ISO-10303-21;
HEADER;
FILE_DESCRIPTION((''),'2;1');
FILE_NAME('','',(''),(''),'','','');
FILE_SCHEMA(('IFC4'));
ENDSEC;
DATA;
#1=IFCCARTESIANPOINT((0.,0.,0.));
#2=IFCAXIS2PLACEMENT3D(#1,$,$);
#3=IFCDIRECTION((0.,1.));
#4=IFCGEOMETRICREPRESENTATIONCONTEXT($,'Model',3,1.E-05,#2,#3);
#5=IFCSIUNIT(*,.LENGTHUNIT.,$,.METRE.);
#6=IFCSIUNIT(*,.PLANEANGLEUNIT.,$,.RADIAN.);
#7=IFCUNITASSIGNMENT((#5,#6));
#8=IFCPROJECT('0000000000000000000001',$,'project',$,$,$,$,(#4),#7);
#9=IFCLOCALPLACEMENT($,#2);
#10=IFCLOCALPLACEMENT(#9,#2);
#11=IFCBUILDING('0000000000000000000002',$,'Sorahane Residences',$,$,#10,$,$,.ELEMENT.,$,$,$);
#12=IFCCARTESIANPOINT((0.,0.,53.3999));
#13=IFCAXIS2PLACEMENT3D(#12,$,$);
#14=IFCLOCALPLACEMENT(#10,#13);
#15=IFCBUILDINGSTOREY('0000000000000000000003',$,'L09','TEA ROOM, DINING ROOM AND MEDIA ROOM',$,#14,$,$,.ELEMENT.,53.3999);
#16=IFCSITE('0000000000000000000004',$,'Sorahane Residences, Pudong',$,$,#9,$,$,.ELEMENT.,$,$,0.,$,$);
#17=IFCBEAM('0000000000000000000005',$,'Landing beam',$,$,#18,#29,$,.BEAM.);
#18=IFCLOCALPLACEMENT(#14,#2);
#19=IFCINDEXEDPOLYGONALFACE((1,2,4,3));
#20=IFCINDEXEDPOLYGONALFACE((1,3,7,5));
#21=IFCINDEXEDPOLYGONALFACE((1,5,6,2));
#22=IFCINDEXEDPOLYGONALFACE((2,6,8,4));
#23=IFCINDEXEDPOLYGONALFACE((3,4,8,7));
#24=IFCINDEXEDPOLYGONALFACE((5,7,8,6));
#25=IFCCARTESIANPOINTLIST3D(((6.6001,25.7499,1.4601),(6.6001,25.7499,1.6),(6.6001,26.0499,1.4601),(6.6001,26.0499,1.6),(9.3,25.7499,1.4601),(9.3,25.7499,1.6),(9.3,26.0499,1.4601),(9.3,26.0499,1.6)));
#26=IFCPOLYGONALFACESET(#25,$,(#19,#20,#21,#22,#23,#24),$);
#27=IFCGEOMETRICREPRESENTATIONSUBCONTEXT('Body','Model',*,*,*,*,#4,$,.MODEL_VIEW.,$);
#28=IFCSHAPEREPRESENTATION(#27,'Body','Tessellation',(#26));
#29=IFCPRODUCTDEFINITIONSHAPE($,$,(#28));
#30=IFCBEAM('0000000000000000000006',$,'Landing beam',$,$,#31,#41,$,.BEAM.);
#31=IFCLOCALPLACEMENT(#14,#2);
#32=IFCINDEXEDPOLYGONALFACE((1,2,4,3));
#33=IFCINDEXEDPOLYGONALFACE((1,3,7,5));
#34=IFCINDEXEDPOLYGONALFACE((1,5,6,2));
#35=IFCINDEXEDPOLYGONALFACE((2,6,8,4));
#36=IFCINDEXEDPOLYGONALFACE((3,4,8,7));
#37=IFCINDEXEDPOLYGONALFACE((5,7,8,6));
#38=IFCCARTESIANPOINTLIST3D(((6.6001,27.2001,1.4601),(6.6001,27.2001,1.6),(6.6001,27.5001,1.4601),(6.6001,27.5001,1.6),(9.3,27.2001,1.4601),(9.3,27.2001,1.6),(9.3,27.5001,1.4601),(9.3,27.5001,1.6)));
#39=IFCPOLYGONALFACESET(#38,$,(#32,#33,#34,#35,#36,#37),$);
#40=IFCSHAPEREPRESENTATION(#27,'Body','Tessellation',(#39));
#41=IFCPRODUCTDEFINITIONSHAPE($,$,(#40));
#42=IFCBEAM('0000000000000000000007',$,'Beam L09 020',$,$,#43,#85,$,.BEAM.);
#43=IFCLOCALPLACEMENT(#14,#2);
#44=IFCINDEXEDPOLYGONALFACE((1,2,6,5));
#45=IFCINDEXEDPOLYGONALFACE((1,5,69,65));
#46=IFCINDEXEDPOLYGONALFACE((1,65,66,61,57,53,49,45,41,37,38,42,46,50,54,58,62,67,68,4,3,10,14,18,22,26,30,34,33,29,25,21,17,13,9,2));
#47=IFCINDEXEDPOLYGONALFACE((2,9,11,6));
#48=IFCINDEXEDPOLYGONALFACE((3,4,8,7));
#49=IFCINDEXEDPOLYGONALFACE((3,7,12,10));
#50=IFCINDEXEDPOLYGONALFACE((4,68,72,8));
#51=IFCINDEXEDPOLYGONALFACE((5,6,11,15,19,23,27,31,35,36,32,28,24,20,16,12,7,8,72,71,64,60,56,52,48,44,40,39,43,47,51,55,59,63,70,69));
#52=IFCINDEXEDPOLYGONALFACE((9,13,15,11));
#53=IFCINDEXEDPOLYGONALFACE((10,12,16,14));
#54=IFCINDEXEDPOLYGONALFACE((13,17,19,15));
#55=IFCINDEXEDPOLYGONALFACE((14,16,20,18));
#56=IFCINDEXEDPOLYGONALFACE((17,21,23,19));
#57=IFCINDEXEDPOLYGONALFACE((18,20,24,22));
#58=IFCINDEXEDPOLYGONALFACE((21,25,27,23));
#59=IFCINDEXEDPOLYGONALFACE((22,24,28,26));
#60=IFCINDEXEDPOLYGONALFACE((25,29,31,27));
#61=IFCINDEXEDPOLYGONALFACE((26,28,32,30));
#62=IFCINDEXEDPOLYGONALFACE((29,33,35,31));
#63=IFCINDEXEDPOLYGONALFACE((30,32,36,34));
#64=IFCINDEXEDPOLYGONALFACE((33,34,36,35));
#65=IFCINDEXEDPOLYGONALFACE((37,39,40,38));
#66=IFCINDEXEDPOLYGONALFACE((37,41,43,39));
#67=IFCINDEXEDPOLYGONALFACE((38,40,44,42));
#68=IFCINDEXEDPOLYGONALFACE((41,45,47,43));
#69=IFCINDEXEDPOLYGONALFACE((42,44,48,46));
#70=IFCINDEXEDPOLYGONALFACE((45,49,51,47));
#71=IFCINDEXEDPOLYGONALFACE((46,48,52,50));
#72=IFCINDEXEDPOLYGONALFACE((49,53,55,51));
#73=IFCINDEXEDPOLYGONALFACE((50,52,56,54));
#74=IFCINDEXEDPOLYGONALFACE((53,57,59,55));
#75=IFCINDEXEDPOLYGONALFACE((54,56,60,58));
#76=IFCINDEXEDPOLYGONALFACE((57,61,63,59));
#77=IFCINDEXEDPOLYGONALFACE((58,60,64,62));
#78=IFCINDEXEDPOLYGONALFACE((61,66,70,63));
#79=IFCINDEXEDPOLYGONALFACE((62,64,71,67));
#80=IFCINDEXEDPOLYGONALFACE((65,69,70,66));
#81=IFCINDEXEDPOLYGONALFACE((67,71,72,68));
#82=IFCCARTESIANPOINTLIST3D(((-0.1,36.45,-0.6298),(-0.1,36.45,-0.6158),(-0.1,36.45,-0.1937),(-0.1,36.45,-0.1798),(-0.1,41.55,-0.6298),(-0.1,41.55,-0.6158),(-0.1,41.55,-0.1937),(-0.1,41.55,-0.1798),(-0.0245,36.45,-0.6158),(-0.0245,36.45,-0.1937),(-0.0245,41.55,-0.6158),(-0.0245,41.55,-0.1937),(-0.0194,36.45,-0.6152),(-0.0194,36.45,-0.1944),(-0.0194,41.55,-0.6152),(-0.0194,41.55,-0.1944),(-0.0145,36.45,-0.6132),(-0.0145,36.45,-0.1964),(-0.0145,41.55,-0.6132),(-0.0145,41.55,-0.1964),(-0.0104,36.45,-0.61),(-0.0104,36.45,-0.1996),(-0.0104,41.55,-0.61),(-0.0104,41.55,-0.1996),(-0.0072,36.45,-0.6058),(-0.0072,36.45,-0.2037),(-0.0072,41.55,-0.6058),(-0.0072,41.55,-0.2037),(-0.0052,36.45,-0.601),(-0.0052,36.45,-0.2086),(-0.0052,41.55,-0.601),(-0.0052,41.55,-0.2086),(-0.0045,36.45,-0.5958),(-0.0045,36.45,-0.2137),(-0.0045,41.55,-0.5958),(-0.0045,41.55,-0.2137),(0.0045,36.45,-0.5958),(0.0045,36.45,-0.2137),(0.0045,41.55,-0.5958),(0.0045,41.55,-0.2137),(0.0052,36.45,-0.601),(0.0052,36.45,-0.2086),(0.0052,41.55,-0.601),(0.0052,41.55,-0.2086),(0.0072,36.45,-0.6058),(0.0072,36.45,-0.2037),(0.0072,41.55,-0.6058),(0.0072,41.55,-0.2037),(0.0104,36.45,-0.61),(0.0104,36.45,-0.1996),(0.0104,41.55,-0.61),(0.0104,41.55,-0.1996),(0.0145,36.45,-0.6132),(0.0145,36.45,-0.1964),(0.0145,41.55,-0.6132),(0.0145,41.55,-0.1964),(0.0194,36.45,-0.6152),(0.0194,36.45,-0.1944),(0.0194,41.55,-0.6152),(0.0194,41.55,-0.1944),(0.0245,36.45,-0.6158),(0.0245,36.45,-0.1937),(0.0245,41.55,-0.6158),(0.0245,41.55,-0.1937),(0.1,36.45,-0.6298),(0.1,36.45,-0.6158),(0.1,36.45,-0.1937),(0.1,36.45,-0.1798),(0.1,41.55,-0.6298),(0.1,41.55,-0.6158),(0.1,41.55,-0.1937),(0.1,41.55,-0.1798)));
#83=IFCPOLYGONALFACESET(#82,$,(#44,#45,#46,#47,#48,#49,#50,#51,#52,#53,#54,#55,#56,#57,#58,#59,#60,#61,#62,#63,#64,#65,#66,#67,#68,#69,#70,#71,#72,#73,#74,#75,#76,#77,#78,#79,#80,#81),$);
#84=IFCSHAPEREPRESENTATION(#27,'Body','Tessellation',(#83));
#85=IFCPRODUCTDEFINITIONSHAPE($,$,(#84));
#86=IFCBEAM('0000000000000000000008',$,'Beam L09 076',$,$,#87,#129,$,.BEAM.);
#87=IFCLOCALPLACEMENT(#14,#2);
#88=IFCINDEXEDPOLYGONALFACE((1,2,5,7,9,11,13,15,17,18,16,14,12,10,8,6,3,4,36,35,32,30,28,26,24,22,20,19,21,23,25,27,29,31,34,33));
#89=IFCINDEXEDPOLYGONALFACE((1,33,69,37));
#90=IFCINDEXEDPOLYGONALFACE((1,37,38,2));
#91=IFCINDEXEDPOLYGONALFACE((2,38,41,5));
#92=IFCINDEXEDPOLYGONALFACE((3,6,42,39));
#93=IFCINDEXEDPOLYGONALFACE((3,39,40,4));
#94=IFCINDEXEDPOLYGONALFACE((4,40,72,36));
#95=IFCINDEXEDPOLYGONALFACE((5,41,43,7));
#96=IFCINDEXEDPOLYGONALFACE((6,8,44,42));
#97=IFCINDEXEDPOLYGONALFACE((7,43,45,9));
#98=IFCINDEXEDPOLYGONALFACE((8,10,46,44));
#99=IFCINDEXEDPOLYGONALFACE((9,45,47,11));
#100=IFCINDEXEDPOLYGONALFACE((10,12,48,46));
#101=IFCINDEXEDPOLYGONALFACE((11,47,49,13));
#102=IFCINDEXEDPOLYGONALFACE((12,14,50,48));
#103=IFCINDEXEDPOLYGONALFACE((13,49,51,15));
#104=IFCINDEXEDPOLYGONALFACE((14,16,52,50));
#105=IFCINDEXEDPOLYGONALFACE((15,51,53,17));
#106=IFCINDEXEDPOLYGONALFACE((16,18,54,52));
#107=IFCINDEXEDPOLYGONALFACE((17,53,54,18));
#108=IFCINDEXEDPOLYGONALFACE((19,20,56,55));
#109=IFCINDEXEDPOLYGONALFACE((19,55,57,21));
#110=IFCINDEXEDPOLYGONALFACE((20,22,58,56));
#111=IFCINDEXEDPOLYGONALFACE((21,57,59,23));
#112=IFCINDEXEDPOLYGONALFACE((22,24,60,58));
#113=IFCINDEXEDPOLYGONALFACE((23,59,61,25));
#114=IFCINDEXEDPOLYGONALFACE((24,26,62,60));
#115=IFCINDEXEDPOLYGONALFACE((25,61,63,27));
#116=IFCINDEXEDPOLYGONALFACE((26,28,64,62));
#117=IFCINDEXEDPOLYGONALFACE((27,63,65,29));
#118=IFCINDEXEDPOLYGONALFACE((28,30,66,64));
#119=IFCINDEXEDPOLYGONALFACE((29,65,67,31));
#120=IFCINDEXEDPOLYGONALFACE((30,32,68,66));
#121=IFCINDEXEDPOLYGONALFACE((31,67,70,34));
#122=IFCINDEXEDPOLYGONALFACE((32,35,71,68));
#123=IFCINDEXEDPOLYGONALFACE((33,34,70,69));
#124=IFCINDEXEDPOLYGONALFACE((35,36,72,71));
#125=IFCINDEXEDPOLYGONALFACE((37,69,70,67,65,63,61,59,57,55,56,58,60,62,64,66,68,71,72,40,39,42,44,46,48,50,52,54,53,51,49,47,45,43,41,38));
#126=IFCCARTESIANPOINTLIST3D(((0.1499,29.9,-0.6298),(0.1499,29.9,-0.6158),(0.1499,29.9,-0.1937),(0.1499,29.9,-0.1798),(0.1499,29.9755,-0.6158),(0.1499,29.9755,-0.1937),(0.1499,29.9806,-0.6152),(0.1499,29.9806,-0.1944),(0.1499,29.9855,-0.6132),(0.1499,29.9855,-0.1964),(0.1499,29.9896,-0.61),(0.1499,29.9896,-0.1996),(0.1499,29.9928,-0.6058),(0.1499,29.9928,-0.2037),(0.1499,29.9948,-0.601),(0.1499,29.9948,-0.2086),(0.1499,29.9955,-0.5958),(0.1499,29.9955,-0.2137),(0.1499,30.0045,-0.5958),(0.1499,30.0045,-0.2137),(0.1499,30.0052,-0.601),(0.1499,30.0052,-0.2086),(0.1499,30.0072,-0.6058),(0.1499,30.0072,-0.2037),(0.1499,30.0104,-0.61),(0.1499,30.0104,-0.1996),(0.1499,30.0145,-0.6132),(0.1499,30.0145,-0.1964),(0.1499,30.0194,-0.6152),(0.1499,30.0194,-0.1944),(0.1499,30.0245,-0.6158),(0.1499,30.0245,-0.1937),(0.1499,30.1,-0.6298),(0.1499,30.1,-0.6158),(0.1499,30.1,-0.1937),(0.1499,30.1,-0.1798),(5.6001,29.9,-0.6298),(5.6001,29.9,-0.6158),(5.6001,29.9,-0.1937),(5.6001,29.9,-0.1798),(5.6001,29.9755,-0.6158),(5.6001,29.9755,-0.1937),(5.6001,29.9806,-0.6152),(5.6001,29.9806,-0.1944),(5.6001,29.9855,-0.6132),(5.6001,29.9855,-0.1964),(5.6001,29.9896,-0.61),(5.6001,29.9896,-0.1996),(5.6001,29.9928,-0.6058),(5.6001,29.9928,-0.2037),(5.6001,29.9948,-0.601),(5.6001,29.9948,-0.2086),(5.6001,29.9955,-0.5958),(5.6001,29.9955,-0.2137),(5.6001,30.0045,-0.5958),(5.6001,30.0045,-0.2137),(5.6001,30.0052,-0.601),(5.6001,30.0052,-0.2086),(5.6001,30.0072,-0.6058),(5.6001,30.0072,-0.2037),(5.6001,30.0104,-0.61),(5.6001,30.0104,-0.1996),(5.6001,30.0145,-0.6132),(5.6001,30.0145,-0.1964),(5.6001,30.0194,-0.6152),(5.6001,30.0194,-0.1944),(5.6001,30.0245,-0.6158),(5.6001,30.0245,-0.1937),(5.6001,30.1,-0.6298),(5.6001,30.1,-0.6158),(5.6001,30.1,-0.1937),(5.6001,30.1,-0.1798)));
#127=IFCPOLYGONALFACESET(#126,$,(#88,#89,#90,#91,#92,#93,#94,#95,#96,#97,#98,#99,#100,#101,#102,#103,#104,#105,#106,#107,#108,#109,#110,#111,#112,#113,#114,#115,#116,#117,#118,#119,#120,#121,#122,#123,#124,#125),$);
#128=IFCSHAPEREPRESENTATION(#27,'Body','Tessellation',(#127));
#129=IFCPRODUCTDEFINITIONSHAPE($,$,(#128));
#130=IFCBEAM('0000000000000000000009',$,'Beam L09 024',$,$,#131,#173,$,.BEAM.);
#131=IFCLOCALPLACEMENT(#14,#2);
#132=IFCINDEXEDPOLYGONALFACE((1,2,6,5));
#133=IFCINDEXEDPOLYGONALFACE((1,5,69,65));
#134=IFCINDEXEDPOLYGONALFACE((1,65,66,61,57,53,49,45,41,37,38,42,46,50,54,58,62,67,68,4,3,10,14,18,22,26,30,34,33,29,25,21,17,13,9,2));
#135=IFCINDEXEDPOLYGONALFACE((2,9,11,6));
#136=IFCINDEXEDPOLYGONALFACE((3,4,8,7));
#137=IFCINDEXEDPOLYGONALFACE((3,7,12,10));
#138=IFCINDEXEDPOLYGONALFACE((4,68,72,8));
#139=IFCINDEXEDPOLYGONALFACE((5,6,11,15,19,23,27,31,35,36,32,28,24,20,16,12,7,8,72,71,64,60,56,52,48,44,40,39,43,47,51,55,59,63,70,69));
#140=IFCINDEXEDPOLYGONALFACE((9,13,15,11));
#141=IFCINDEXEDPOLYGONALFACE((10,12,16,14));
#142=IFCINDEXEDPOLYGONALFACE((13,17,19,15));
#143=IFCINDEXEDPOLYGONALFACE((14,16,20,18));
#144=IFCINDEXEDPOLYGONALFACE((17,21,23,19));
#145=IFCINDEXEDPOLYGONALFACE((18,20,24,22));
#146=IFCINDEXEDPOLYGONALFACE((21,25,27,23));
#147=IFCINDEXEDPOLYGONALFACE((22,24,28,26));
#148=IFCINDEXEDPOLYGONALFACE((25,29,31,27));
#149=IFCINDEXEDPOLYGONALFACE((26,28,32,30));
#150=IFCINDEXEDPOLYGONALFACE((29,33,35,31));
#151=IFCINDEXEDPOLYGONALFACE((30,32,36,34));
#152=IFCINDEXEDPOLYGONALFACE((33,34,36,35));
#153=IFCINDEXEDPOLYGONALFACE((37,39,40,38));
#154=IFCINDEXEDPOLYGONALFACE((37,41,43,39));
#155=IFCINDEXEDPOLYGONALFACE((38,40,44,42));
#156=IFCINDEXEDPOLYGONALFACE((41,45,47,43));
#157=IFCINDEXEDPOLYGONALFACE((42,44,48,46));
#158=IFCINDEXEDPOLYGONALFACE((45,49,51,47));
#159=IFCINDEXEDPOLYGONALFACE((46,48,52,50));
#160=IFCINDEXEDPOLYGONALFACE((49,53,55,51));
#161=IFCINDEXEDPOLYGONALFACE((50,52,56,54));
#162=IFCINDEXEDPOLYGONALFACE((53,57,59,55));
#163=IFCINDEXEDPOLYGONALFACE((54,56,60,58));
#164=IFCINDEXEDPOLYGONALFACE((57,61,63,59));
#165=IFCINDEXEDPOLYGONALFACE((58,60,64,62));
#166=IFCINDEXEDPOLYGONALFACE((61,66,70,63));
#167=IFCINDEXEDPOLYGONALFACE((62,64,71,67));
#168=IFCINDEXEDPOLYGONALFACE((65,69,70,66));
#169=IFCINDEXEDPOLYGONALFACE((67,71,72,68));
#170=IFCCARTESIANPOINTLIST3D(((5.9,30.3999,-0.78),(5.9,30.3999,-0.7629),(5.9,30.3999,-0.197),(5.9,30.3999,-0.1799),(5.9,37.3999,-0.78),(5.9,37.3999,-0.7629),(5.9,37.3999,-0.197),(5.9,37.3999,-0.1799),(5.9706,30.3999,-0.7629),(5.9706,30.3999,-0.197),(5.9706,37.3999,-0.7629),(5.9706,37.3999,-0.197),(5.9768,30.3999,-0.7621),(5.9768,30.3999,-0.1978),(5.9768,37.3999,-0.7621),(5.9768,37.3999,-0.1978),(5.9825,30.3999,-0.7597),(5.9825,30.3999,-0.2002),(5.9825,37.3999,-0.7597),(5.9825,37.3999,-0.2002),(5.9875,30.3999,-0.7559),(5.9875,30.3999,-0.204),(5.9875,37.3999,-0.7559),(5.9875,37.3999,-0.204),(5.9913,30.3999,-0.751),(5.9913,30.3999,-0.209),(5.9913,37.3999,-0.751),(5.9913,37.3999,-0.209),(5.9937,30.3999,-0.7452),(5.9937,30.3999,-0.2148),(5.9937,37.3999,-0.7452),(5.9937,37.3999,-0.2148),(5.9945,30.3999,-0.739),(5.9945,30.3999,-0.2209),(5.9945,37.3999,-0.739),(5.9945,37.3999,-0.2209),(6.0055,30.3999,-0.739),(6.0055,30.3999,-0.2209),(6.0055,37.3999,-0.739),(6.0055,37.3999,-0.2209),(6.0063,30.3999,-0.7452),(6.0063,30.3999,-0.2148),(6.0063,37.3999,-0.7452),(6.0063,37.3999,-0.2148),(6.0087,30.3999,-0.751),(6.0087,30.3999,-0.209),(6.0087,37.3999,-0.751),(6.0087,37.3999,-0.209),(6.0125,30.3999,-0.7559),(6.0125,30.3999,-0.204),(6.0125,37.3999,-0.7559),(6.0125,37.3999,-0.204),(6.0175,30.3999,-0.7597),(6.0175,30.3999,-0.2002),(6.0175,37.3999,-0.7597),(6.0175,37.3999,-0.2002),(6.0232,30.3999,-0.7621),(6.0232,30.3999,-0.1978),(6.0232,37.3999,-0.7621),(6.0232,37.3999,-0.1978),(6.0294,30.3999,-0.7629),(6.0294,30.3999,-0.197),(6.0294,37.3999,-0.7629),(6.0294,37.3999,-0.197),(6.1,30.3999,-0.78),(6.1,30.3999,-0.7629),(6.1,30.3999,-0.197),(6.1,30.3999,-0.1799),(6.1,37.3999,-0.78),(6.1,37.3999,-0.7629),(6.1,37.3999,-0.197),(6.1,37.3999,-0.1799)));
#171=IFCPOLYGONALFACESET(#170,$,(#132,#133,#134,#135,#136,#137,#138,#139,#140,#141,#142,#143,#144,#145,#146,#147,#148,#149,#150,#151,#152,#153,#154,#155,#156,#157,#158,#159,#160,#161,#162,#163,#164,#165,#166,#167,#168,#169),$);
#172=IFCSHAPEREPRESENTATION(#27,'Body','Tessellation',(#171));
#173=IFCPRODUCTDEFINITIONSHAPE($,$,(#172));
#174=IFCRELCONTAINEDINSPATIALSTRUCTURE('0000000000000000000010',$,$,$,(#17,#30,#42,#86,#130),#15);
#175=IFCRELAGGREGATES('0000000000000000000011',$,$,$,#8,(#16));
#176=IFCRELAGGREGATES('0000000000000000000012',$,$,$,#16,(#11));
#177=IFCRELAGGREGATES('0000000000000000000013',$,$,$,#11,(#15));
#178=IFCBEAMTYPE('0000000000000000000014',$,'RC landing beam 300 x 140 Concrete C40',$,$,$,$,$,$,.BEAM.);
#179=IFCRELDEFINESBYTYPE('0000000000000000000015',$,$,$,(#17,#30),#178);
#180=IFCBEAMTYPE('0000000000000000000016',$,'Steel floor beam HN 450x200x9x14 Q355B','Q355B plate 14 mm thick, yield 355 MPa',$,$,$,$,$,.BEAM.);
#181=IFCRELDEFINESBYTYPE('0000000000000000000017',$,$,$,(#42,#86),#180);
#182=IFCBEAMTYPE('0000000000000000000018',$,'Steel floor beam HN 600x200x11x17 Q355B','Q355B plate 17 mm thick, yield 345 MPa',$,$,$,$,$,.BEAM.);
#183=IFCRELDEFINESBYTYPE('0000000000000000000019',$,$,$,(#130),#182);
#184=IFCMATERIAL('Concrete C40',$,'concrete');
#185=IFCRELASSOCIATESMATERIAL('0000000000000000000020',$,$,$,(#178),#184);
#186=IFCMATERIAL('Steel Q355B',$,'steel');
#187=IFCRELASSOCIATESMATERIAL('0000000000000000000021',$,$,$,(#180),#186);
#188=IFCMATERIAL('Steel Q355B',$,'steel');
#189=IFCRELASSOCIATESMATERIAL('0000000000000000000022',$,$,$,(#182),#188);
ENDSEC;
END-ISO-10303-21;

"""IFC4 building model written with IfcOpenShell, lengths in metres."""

from ifc_helpers import new_model, si_unit, direction, frame, origin, origin_2d, place, context, subcontext, project, spatial, rectangle, i_section, extrude, material, material_profile, profile_set, type_object, element, save


model = new_model("IFC4")

# Units and contexts
model_context = context("Model", 3, precision=1e-05, world=origin(), true_north=direction((0.0, 1.0)))
body_context = subcontext(model_context, "Body", "Model", "MODEL_VIEW")
ifc_project = project(units=[si_unit("LENGTHUNIT", "METRE"), si_unit("PLANEANGLEUNIT", "RADIAN")], contexts=[model_context])

# Site, building, storey
site_placement = place(None, origin())
site = spatial("IfcSite", under=ifc_project, at=site_placement, Name="Sorahane Residences, Pudong", CompositionType="ELEMENT", RefElevation=0.0)
building_placement = place(site_placement, origin())
building = spatial("IfcBuilding", under=site, at=building_placement, Name="Sorahane Residences", CompositionType="ELEMENT")
storey_placement = place(building_placement, frame((0.0, 0.0, 53.3999)))
storey = spatial("IfcBuildingStorey", under=building, at=storey_placement, Name="L09", Description="TEA ROOM, DINING ROOM AND MEDIA ROOM", CompositionType="ELEMENT", Elevation=53.3999)

# Beams
ifc_material_1 = material(Name="Concrete C40", Category="concrete")
ifc_material_profile_1 = material_profile(ifc_material_1, rectangle(XDim=0.3, YDim=0.1399, at=origin_2d()), Name="300x140")
ifc_profile_set_1 = profile_set([ifc_material_profile_1], Name="Concrete C40")
beam_type_1 = type_object("IfcBeamType", Name="RC landing beam 300 x 140 Concrete C40", PredefinedType="BEAM", material=ifc_profile_set_1)
for number, where, z_axis, x_axis, name in (
    (1, (6.6001, 25.8999, 1.53), (1.0, 0.0, 0.0), (0.0, 1.0, 0.0), "Landing beam"),
    (2, (6.6001, 27.3501, 1.53), (1.0, 0.0, 0.0), (0.0, 1.0, 0.0), "Landing beam"),
):
    element("IfcBeam", number, at=place(storey_placement, frame(where, z_axis=z_axis, x_axis=x_axis)), inside=storey, type_object=beam_type_1, Name=name, PredefinedType="BEAM", context=body_context, shape_type="SweptSolid", body=[
        extrude(rectangle(XDim=0.3, YDim=0.1399, at=origin_2d()), origin(), (0.0, 0.0, 1.0), 2.7),
    ])
ifc_material_2 = material(Name="Steel Q355B", Category="steel")
ifc_material_profile_2 = material_profile(ifc_material_2, i_section(OverallWidth=0.2, OverallDepth=0.45, WebThickness=0.009, FlangeThickness=0.0139, FilletRadius=0.02, at=origin_2d()), Name="HN 450x200x9x14")
ifc_profile_set_2 = profile_set([ifc_material_profile_2], Name="Steel Q355B")
beam_type_2 = type_object("IfcBeamType", Name="Steel floor beam HN 450x200x9x14 Q355B", Description="Q355B plate 14 mm thick, yield 355 MPa", PredefinedType="BEAM", material=ifc_profile_set_2)
beam_1_placement = place(storey_placement, frame((0.0, 36.45, -0.4048), z_axis=(0.0, 1.0, 0.0), x_axis=(-1.0, 0.0, 0.0)))
element("IfcBeam", 3, at=beam_1_placement, inside=storey, type_object=beam_type_2, Name="Beam L09 020", PredefinedType="BEAM", context=body_context, shape_type="SweptSolid", body=[
    extrude(i_section(OverallWidth=0.2, OverallDepth=0.45, WebThickness=0.009, FlangeThickness=0.0139, FilletRadius=0.02, at=origin_2d()), origin(), (0.0, 0.0, 1.0), 5.1001),
])
beam_2_placement = place(storey_placement, frame((0.1499, 30.0, -0.4048), z_axis=(1.0, 0.0, 0.0), x_axis=(0.0, 1.0, 0.0)))
element("IfcBeam", 4, at=beam_2_placement, inside=storey, type_object=beam_type_2, Name="Beam L09 076", PredefinedType="BEAM", context=body_context, shape_type="SweptSolid", body=[
    extrude(i_section(OverallWidth=0.2, OverallDepth=0.45, WebThickness=0.009, FlangeThickness=0.0139, FilletRadius=0.02, at=origin_2d()), origin(), (0.0, 0.0, 1.0), 5.4502),
])
ifc_material_3 = material(Name="Steel Q355B", Category="steel")
ifc_material_profile_3 = material_profile(ifc_material_3, i_section(OverallWidth=0.2, OverallDepth=0.6001, WebThickness=0.011, FlangeThickness=0.0171, FilletRadius=0.0239, at=origin_2d()), Name="HN 600x200x11x17")
ifc_profile_set_3 = profile_set([ifc_material_profile_3], Name="Steel Q355B")
beam_type_3 = type_object("IfcBeamType", Name="Steel floor beam HN 600x200x11x17 Q355B", Description="Q355B plate 17 mm thick, yield 345 MPa", PredefinedType="BEAM", material=ifc_profile_set_3)
for number, where, z_axis, x_axis, name in (
    (5, (6.0, 30.3999, -0.48), (0.0, 1.0, 0.0), (-1.0, 0.0, 0.0), "Beam L09 024"),
):
    element("IfcBeam", number, at=place(storey_placement, frame(where, z_axis=z_axis, x_axis=x_axis)), inside=storey, type_object=beam_type_3, Name=name, PredefinedType="BEAM", context=body_context, shape_type="SweptSolid", body=[
        extrude(i_section(OverallWidth=0.2, OverallDepth=0.6001, WebThickness=0.011, FlangeThickness=0.0171, FilletRadius=0.0239, at=origin_2d()), origin(), (0.0, 0.0, 1.0), 7.0),
    ])

save(model, "model.ifc")
